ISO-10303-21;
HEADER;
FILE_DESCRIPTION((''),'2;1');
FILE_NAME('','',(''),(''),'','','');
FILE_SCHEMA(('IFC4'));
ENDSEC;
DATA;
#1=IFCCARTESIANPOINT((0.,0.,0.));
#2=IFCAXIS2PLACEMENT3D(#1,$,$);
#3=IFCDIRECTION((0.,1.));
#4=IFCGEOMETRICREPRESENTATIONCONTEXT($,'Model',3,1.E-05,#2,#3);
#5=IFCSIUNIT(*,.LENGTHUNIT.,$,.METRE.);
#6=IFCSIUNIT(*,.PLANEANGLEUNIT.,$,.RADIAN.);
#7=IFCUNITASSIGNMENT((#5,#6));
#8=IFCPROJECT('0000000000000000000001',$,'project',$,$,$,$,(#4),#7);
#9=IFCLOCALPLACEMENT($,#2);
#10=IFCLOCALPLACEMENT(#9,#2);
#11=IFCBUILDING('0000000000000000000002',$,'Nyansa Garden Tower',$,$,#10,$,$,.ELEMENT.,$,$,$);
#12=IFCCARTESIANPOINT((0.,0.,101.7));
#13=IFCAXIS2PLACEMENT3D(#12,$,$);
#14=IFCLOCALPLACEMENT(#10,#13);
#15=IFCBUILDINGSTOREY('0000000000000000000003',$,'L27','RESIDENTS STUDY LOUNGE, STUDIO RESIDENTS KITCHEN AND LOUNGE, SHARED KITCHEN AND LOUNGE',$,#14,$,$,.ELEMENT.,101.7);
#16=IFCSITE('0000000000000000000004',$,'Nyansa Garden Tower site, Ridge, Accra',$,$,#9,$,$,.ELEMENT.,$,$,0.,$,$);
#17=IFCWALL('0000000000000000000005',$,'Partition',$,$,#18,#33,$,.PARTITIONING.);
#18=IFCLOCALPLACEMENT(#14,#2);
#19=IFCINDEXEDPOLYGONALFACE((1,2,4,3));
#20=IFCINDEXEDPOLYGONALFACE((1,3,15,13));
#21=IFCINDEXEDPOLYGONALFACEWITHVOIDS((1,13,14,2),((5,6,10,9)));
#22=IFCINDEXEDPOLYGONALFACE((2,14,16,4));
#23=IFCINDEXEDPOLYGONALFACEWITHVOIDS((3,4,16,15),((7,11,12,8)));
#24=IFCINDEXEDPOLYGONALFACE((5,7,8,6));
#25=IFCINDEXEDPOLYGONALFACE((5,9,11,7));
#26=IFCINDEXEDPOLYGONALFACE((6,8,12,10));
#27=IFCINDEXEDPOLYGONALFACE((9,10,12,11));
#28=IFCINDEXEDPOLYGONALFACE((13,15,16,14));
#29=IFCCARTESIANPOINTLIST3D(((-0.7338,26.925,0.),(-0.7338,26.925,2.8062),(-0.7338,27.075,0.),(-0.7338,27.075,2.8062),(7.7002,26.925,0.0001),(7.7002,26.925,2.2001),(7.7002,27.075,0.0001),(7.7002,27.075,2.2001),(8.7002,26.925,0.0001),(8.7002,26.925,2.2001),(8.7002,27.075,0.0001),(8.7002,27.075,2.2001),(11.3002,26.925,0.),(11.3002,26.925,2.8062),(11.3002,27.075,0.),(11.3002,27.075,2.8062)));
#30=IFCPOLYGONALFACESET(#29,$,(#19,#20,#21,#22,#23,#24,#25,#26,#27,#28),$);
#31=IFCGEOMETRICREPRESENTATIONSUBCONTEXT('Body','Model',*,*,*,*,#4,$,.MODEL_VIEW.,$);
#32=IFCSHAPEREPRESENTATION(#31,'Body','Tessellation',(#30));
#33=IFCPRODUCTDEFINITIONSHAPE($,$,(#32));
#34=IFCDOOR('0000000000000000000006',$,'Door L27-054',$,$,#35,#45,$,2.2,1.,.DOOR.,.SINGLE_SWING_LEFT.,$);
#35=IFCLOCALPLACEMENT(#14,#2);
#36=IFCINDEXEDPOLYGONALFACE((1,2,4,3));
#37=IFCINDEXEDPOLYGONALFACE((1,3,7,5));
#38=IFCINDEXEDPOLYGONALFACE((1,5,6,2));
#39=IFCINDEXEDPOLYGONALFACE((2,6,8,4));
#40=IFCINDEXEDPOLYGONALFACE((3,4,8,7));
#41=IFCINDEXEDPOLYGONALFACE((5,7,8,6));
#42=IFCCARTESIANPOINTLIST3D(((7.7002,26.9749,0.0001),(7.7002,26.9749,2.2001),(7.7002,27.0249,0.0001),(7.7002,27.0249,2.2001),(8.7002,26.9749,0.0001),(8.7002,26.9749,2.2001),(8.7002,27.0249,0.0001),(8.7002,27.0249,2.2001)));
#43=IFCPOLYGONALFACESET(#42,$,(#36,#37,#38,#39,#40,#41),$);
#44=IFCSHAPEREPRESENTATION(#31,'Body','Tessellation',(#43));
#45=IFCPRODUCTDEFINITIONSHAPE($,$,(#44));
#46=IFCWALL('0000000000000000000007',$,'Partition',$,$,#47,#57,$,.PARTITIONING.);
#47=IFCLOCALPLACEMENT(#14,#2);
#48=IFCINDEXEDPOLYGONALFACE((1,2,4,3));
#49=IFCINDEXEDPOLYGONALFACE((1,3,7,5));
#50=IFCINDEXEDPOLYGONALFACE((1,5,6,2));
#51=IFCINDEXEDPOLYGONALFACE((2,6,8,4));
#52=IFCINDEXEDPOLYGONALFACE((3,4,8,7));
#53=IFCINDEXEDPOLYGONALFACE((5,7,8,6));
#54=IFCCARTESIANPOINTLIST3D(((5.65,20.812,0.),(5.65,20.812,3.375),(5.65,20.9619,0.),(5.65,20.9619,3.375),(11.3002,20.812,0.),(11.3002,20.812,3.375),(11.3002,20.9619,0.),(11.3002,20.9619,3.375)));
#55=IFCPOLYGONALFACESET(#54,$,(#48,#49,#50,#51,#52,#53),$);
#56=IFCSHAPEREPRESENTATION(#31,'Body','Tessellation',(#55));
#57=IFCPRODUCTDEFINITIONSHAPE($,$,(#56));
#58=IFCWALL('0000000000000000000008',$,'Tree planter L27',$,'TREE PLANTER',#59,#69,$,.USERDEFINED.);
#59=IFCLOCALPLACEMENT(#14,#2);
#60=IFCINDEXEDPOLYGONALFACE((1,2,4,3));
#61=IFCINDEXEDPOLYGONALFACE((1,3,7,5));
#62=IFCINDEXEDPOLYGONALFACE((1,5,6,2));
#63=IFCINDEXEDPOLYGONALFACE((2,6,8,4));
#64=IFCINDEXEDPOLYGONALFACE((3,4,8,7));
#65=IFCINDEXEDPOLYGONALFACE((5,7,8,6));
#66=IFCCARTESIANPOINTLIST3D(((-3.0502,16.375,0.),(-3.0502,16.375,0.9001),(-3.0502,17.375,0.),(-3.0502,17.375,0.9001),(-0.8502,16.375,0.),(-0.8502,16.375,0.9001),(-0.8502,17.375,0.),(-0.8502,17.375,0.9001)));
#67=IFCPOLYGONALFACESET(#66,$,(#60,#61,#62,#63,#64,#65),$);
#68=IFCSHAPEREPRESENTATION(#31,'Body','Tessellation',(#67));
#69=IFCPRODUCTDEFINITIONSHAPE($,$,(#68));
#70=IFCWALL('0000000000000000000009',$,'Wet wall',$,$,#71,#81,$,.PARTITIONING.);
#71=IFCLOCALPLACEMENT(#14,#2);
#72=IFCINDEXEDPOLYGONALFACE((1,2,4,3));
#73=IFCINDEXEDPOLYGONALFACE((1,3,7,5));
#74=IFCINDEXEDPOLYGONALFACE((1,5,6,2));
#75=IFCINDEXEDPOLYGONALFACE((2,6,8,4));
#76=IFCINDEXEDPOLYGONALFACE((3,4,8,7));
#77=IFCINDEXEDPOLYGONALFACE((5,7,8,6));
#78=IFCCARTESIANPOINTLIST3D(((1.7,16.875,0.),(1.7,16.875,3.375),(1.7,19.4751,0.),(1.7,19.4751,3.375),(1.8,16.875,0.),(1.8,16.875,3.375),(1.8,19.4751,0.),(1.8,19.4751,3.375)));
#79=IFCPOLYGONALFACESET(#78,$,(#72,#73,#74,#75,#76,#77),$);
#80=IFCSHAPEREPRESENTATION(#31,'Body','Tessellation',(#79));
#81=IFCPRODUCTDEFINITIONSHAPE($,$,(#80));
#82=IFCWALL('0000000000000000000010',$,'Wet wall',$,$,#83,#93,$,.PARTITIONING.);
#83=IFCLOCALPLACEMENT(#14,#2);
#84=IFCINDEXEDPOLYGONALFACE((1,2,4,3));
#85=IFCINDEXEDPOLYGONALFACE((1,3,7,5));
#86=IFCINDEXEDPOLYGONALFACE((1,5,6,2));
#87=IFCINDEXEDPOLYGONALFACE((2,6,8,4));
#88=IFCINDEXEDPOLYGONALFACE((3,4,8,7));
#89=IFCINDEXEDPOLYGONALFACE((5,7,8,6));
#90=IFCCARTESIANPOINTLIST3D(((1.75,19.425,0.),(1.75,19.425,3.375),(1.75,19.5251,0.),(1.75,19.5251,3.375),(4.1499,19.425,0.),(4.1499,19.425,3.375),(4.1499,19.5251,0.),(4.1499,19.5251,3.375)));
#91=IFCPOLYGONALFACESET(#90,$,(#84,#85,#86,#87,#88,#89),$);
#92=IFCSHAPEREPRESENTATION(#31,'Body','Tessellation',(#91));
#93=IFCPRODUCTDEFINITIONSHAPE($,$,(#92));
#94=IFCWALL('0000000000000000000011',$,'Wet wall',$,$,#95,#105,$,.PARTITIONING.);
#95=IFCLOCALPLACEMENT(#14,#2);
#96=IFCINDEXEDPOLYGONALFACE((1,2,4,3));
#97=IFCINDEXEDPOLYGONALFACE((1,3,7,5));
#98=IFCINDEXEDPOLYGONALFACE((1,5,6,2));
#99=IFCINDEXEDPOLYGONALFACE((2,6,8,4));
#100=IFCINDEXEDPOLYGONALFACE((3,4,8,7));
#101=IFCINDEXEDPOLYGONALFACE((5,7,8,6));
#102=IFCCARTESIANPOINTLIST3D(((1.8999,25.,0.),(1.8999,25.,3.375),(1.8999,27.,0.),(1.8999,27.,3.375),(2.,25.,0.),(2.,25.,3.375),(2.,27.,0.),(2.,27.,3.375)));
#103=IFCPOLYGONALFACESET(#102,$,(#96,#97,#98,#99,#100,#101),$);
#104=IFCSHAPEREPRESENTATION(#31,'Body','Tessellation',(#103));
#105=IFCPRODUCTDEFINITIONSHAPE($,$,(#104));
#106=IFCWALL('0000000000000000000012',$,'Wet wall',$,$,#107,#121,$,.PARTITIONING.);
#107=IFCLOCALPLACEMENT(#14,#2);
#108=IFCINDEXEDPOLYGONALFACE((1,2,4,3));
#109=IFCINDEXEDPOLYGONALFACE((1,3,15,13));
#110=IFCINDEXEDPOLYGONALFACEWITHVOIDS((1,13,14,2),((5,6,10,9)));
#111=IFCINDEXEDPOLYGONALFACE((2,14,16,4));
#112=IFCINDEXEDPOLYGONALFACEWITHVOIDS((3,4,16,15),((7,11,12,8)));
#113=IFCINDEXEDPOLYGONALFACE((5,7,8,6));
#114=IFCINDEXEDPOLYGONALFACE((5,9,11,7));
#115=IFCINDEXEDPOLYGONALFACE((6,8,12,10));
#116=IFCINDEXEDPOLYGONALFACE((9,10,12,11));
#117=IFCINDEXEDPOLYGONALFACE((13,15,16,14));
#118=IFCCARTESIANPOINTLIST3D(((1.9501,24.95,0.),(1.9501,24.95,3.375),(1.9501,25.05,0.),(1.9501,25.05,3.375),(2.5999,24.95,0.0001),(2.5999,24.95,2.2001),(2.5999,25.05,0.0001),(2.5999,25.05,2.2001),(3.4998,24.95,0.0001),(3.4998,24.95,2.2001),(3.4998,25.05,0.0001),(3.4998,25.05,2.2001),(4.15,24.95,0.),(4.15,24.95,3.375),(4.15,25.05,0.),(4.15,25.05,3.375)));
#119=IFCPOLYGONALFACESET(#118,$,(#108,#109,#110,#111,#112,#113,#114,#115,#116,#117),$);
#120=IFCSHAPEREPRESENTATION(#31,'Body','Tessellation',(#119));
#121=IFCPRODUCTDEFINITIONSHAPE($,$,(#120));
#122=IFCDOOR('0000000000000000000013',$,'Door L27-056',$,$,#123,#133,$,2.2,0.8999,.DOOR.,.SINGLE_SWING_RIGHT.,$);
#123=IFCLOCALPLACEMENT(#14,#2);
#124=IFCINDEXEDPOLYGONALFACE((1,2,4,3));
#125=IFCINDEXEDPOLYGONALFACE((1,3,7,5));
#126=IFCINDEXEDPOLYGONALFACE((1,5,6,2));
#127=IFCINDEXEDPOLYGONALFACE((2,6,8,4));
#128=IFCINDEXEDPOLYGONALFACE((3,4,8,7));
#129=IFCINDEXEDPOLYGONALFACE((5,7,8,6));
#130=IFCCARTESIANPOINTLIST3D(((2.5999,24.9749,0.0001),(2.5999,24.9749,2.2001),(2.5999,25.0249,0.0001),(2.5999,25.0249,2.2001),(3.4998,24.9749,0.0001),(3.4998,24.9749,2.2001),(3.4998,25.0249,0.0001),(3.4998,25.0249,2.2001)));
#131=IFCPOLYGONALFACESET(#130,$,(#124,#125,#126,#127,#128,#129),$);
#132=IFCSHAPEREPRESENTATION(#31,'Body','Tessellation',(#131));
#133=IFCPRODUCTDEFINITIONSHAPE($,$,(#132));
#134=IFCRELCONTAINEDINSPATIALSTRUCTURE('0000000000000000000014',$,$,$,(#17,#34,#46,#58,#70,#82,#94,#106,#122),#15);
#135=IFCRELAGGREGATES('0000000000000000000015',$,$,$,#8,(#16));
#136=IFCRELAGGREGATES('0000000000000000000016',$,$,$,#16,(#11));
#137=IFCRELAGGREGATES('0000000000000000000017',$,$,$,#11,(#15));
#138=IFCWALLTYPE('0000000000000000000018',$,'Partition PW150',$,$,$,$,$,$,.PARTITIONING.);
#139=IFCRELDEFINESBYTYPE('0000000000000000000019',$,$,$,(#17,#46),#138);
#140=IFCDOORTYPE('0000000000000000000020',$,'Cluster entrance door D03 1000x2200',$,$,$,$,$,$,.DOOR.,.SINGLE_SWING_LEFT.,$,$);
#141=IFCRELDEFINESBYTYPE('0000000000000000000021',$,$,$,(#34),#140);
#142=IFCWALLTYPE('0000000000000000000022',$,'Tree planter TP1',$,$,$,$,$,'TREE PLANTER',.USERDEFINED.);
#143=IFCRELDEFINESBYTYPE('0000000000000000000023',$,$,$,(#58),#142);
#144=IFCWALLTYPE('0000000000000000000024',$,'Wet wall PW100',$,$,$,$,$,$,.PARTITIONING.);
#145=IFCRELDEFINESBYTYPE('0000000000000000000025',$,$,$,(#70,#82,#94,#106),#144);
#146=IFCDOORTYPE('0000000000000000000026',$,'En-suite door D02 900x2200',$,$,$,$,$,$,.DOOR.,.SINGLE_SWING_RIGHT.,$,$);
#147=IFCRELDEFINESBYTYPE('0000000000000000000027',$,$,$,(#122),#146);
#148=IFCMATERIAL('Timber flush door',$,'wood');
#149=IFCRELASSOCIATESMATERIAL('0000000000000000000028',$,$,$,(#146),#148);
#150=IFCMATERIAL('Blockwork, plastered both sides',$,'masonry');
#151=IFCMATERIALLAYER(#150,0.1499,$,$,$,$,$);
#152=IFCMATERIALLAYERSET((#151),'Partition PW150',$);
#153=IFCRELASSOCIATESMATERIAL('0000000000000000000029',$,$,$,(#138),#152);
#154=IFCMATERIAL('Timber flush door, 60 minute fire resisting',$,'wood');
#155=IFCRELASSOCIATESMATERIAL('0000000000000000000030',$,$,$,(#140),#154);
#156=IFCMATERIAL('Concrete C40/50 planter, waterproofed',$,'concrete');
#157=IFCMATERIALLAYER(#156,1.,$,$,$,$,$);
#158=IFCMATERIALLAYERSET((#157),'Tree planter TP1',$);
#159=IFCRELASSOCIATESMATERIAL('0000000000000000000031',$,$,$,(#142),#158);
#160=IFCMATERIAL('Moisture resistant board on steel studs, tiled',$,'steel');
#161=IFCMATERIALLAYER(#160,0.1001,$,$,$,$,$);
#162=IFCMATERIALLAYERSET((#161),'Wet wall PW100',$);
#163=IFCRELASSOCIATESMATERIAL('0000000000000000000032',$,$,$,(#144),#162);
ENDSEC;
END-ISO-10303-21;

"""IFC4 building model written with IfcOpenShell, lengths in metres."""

from ifc_helpers import new_model, si_unit, direction, frame, frame_2d, origin, place, context, subcontext, project, spatial, rectangle, extrude, material, layer, layer_set, type_object, element, fill, save


model = new_model("IFC4")

# Units and contexts
model_context = context("Model", 3, precision=1e-05, world=origin(), true_north=direction((0.0, 1.0)))
body_context = subcontext(model_context, "Body", "Model", "MODEL_VIEW")
ifc_project = project(units=[si_unit("LENGTHUNIT", "METRE"), si_unit("PLANEANGLEUNIT", "RADIAN")], contexts=[model_context])

# Site, building, storey
site_placement = place(None, origin())
site = spatial("IfcSite", under=ifc_project, at=site_placement, Name="Nyansa Garden Tower site, Ridge, Accra", CompositionType="ELEMENT", RefElevation=0.0)
building_placement = place(site_placement, origin())
building = spatial("IfcBuilding", under=site, at=building_placement, Name="Nyansa Garden Tower", CompositionType="ELEMENT")
storey_placement = place(building_placement, frame((0.0, 0.0, 101.7)))
storey = spatial("IfcBuildingStorey", under=building, at=storey_placement, Name="L27", Description="RESIDENTS STUDY LOUNGE, STUDIO RESIDENTS KITCHEN AND LOUNGE, SHARED KITCHEN AND LOUNGE", CompositionType="ELEMENT", Elevation=101.7)

# Shared definitions
ifc_material_1 = material(Name="Timber flush door", Category="wood")
door_type_1 = type_object("IfcDoorType", Name="En-suite door D02 900x2200", OperationType="SINGLE_SWING_RIGHT", PredefinedType="DOOR", material=ifc_material_1)

# Shared definitions
ifc_material_2 = material(Name="Blockwork, plastered both sides", Category="masonry")
ifc_layer_1 = layer(ifc_material_2, 0.1499)
ifc_layer_set_1 = layer_set([ifc_layer_1], Name="Partition PW150")
wall_type_1 = type_object("IfcWallType", Name="Partition PW150", PredefinedType="PARTITIONING", material=ifc_layer_set_1)

# Wall, opening, door
wall_1_placement = place(storey_placement, frame((-0.7339, 27.0, 0.0), z_axis=(0.0, 0.0, 1.0), x_axis=(1.0, 0.0, 0.0)))
wall_1 = element("IfcWall", 1, at=wall_1_placement, inside=storey, type_object=wall_type_1, Name="Partition", PredefinedType="PARTITIONING", context=body_context, shape_type="SweptSolid", body=[
    extrude(rectangle(XDim=12.0339, YDim=0.1499, at=frame_2d((6.0171, 0.0))), origin(), (0.0, 0.0, 1.0), 2.8062),
])
opening_1_placement = place(wall_1_placement, frame((8.4341, 0.0, 0.0)))
opening_1 = element("IfcOpeningElement", 2, at=opening_1_placement, cuts=wall_1, PredefinedType="OPENING", context=body_context, shape_type="SweptSolid", body=[
    extrude(rectangle(XDim=1.0, YDim=2.2, at=frame_2d((0.5, 1.1001))), frame((0.0, 0.085, 0.0), z_axis=(0.0, -1.0, 0.0), x_axis=(1.0, 0.0, 0.0)), (0.0, 0.0, 1.0), 0.1699),
])
ifc_material_3 = material(Name="Timber flush door, 60 minute fire resisting", Category="wood")
door_type_2 = type_object("IfcDoorType", Name="Cluster entrance door D03 1000x2200", OperationType="SINGLE_SWING_LEFT", PredefinedType="DOOR", material=ifc_material_3)
door_1_placement = place(opening_1_placement, origin())
door_1 = element("IfcDoor", 3, at=door_1_placement, inside=storey, type_object=door_type_2, Name="Door L27-054", OperationType="SINGLE_SWING_LEFT", OverallHeight=2.2, OverallWidth=1.0, PredefinedType="DOOR", context=body_context, shape_type="SweptSolid", body=[
    extrude(rectangle(XDim=1.0, YDim=2.2, at=frame_2d((0.5, 1.1001))), frame((0.0, 0.0249, 0.0), z_axis=(0.0, -1.0, 0.0), x_axis=(1.0, 0.0, 0.0)), (0.0, 0.0, 1.0), 0.05),
])
fill(opening_1, door_1)

# Walls
wall_2_placement = place(storey_placement, frame((5.6499, 20.887, 0.0), z_axis=(0.0, 0.0, 1.0), x_axis=(1.0, 0.0, 0.0)))
element("IfcWall", 4, at=wall_2_placement, inside=storey, type_object=wall_type_1, Name="Partition", PredefinedType="PARTITIONING", context=body_context, shape_type="SweptSolid", body=[
    extrude(rectangle(XDim=5.6501, YDim=0.1499, at=frame_2d((2.8252, 0.0))), origin(), (0.0, 0.0, 1.0), 3.375),
])
ifc_material_4 = material(Name="Concrete C40/50 planter, waterproofed", Category="concrete")
ifc_layer_2 = layer(ifc_material_4, 1.0)
ifc_layer_set_2 = layer_set([ifc_layer_2], Name="Tree planter TP1")
wall_type_2 = type_object("IfcWallType", Name="Tree planter TP1", ElementType="TREE PLANTER", PredefinedType="USERDEFINED", material=ifc_layer_set_2)
wall_3_placement = place(storey_placement, frame((-0.8501, 16.875, 0.0), z_axis=(0.0, 0.0, 1.0), x_axis=(-1.0, 0.0, 0.0)))
element("IfcWall", 5, at=wall_3_placement, inside=storey, type_object=wall_type_2, Name="Tree planter L27", ObjectType="TREE PLANTER", PredefinedType="USERDEFINED", context=body_context, shape_type="SweptSolid", body=[
    extrude(rectangle(XDim=2.2, YDim=1.0, at=frame_2d((1.1001, 0.0))), origin(), (0.0, 0.0, 1.0), 0.9001),
])
ifc_material_5 = material(Name="Moisture resistant board on steel studs, tiled", Category="steel")
ifc_layer_3 = layer(ifc_material_5, 0.1001)
ifc_layer_set_3 = layer_set([ifc_layer_3], Name="Wet wall PW100")
wall_type_3 = type_object("IfcWallType", Name="Wet wall PW100", PredefinedType="PARTITIONING", material=ifc_layer_set_3)
wall_4_placement = place(storey_placement, frame((1.75, 16.875, 0.0), z_axis=(0.0, 0.0, 1.0), x_axis=(0.0, 1.0, 0.0)))
element("IfcWall", 6, at=wall_4_placement, inside=storey, type_object=wall_type_3, Name="Wet wall", PredefinedType="PARTITIONING", context=body_context, shape_type="SweptSolid", body=[
    extrude(rectangle(XDim=2.6001, YDim=0.1001, at=frame_2d((1.3, 0.0))), origin(), (0.0, 0.0, 1.0), 3.375),
])
wall_5_placement = place(storey_placement, frame((1.75, 19.4751, 0.0), z_axis=(0.0, 0.0, 1.0), x_axis=(1.0, 0.0, 0.0)))
element("IfcWall", 7, at=wall_5_placement, inside=storey, type_object=wall_type_3, Name="Wet wall", PredefinedType="PARTITIONING", context=body_context, shape_type="SweptSolid", body=[
    extrude(rectangle(XDim=2.3999, YDim=0.1001, at=frame_2d((1.2, 0.0))), origin(), (0.0, 0.0, 1.0), 3.375),
])
wall_6_placement = place(storey_placement, frame((1.95, 25.0, 0.0), z_axis=(0.0, 0.0, 1.0), x_axis=(0.0, 1.0, 0.0)))
element("IfcWall", 8, at=wall_6_placement, inside=storey, type_object=wall_type_3, Name="Wet wall", PredefinedType="PARTITIONING", context=body_context, shape_type="SweptSolid", body=[
    extrude(rectangle(XDim=2.0, YDim=0.1001, at=frame_2d((1.0, 0.0))), origin(), (0.0, 0.0, 1.0), 3.375),
])

# Wall, opening, door
wall_7_placement = place(storey_placement, frame((1.95, 25.0, 0.0), z_axis=(0.0, 0.0, 1.0), x_axis=(1.0, 0.0, 0.0)))
wall_7 = element("IfcWall", 9, at=wall_7_placement, inside=storey, type_object=wall_type_3, Name="Wet wall", PredefinedType="PARTITIONING", context=body_context, shape_type="SweptSolid", body=[
    extrude(rectangle(XDim=2.2, YDim=0.1001, at=frame_2d((1.1001, 0.0))), origin(), (0.0, 0.0, 1.0), 3.375),
])
opening_2_placement = place(wall_7_placement, frame((0.6499, 0.0, 0.0)))
opening_2 = element("IfcOpeningElement", 10, at=opening_2_placement, cuts=wall_7, PredefinedType="OPENING", context=body_context, shape_type="SweptSolid", body=[
    extrude(rectangle(XDim=0.8999, YDim=2.2, at=frame_2d((0.45, 1.1001))), frame((0.0, 0.0601, 0.0), z_axis=(0.0, -1.0, 0.0), x_axis=(1.0, 0.0, 0.0)), (0.0, 0.0, 1.0), 0.1201),
])
door_2_placement = place(opening_2_placement, origin())
door_2 = element("IfcDoor", 11, at=door_2_placement, inside=storey, type_object=door_type_1, Name="Door L27-056", OperationType="SINGLE_SWING_RIGHT", OverallHeight=2.2, OverallWidth=0.8999, PredefinedType="DOOR", context=body_context, shape_type="SweptSolid", body=[
    extrude(rectangle(XDim=0.8999, YDim=2.2, at=frame_2d((0.45, 1.1001))), frame((0.0, 0.0249, 0.0), z_axis=(0.0, -1.0, 0.0), x_axis=(1.0, 0.0, 0.0)), (0.0, 0.0, 1.0), 0.05),
])
fill(opening_2, door_2)

save(model, "model.ifc")
